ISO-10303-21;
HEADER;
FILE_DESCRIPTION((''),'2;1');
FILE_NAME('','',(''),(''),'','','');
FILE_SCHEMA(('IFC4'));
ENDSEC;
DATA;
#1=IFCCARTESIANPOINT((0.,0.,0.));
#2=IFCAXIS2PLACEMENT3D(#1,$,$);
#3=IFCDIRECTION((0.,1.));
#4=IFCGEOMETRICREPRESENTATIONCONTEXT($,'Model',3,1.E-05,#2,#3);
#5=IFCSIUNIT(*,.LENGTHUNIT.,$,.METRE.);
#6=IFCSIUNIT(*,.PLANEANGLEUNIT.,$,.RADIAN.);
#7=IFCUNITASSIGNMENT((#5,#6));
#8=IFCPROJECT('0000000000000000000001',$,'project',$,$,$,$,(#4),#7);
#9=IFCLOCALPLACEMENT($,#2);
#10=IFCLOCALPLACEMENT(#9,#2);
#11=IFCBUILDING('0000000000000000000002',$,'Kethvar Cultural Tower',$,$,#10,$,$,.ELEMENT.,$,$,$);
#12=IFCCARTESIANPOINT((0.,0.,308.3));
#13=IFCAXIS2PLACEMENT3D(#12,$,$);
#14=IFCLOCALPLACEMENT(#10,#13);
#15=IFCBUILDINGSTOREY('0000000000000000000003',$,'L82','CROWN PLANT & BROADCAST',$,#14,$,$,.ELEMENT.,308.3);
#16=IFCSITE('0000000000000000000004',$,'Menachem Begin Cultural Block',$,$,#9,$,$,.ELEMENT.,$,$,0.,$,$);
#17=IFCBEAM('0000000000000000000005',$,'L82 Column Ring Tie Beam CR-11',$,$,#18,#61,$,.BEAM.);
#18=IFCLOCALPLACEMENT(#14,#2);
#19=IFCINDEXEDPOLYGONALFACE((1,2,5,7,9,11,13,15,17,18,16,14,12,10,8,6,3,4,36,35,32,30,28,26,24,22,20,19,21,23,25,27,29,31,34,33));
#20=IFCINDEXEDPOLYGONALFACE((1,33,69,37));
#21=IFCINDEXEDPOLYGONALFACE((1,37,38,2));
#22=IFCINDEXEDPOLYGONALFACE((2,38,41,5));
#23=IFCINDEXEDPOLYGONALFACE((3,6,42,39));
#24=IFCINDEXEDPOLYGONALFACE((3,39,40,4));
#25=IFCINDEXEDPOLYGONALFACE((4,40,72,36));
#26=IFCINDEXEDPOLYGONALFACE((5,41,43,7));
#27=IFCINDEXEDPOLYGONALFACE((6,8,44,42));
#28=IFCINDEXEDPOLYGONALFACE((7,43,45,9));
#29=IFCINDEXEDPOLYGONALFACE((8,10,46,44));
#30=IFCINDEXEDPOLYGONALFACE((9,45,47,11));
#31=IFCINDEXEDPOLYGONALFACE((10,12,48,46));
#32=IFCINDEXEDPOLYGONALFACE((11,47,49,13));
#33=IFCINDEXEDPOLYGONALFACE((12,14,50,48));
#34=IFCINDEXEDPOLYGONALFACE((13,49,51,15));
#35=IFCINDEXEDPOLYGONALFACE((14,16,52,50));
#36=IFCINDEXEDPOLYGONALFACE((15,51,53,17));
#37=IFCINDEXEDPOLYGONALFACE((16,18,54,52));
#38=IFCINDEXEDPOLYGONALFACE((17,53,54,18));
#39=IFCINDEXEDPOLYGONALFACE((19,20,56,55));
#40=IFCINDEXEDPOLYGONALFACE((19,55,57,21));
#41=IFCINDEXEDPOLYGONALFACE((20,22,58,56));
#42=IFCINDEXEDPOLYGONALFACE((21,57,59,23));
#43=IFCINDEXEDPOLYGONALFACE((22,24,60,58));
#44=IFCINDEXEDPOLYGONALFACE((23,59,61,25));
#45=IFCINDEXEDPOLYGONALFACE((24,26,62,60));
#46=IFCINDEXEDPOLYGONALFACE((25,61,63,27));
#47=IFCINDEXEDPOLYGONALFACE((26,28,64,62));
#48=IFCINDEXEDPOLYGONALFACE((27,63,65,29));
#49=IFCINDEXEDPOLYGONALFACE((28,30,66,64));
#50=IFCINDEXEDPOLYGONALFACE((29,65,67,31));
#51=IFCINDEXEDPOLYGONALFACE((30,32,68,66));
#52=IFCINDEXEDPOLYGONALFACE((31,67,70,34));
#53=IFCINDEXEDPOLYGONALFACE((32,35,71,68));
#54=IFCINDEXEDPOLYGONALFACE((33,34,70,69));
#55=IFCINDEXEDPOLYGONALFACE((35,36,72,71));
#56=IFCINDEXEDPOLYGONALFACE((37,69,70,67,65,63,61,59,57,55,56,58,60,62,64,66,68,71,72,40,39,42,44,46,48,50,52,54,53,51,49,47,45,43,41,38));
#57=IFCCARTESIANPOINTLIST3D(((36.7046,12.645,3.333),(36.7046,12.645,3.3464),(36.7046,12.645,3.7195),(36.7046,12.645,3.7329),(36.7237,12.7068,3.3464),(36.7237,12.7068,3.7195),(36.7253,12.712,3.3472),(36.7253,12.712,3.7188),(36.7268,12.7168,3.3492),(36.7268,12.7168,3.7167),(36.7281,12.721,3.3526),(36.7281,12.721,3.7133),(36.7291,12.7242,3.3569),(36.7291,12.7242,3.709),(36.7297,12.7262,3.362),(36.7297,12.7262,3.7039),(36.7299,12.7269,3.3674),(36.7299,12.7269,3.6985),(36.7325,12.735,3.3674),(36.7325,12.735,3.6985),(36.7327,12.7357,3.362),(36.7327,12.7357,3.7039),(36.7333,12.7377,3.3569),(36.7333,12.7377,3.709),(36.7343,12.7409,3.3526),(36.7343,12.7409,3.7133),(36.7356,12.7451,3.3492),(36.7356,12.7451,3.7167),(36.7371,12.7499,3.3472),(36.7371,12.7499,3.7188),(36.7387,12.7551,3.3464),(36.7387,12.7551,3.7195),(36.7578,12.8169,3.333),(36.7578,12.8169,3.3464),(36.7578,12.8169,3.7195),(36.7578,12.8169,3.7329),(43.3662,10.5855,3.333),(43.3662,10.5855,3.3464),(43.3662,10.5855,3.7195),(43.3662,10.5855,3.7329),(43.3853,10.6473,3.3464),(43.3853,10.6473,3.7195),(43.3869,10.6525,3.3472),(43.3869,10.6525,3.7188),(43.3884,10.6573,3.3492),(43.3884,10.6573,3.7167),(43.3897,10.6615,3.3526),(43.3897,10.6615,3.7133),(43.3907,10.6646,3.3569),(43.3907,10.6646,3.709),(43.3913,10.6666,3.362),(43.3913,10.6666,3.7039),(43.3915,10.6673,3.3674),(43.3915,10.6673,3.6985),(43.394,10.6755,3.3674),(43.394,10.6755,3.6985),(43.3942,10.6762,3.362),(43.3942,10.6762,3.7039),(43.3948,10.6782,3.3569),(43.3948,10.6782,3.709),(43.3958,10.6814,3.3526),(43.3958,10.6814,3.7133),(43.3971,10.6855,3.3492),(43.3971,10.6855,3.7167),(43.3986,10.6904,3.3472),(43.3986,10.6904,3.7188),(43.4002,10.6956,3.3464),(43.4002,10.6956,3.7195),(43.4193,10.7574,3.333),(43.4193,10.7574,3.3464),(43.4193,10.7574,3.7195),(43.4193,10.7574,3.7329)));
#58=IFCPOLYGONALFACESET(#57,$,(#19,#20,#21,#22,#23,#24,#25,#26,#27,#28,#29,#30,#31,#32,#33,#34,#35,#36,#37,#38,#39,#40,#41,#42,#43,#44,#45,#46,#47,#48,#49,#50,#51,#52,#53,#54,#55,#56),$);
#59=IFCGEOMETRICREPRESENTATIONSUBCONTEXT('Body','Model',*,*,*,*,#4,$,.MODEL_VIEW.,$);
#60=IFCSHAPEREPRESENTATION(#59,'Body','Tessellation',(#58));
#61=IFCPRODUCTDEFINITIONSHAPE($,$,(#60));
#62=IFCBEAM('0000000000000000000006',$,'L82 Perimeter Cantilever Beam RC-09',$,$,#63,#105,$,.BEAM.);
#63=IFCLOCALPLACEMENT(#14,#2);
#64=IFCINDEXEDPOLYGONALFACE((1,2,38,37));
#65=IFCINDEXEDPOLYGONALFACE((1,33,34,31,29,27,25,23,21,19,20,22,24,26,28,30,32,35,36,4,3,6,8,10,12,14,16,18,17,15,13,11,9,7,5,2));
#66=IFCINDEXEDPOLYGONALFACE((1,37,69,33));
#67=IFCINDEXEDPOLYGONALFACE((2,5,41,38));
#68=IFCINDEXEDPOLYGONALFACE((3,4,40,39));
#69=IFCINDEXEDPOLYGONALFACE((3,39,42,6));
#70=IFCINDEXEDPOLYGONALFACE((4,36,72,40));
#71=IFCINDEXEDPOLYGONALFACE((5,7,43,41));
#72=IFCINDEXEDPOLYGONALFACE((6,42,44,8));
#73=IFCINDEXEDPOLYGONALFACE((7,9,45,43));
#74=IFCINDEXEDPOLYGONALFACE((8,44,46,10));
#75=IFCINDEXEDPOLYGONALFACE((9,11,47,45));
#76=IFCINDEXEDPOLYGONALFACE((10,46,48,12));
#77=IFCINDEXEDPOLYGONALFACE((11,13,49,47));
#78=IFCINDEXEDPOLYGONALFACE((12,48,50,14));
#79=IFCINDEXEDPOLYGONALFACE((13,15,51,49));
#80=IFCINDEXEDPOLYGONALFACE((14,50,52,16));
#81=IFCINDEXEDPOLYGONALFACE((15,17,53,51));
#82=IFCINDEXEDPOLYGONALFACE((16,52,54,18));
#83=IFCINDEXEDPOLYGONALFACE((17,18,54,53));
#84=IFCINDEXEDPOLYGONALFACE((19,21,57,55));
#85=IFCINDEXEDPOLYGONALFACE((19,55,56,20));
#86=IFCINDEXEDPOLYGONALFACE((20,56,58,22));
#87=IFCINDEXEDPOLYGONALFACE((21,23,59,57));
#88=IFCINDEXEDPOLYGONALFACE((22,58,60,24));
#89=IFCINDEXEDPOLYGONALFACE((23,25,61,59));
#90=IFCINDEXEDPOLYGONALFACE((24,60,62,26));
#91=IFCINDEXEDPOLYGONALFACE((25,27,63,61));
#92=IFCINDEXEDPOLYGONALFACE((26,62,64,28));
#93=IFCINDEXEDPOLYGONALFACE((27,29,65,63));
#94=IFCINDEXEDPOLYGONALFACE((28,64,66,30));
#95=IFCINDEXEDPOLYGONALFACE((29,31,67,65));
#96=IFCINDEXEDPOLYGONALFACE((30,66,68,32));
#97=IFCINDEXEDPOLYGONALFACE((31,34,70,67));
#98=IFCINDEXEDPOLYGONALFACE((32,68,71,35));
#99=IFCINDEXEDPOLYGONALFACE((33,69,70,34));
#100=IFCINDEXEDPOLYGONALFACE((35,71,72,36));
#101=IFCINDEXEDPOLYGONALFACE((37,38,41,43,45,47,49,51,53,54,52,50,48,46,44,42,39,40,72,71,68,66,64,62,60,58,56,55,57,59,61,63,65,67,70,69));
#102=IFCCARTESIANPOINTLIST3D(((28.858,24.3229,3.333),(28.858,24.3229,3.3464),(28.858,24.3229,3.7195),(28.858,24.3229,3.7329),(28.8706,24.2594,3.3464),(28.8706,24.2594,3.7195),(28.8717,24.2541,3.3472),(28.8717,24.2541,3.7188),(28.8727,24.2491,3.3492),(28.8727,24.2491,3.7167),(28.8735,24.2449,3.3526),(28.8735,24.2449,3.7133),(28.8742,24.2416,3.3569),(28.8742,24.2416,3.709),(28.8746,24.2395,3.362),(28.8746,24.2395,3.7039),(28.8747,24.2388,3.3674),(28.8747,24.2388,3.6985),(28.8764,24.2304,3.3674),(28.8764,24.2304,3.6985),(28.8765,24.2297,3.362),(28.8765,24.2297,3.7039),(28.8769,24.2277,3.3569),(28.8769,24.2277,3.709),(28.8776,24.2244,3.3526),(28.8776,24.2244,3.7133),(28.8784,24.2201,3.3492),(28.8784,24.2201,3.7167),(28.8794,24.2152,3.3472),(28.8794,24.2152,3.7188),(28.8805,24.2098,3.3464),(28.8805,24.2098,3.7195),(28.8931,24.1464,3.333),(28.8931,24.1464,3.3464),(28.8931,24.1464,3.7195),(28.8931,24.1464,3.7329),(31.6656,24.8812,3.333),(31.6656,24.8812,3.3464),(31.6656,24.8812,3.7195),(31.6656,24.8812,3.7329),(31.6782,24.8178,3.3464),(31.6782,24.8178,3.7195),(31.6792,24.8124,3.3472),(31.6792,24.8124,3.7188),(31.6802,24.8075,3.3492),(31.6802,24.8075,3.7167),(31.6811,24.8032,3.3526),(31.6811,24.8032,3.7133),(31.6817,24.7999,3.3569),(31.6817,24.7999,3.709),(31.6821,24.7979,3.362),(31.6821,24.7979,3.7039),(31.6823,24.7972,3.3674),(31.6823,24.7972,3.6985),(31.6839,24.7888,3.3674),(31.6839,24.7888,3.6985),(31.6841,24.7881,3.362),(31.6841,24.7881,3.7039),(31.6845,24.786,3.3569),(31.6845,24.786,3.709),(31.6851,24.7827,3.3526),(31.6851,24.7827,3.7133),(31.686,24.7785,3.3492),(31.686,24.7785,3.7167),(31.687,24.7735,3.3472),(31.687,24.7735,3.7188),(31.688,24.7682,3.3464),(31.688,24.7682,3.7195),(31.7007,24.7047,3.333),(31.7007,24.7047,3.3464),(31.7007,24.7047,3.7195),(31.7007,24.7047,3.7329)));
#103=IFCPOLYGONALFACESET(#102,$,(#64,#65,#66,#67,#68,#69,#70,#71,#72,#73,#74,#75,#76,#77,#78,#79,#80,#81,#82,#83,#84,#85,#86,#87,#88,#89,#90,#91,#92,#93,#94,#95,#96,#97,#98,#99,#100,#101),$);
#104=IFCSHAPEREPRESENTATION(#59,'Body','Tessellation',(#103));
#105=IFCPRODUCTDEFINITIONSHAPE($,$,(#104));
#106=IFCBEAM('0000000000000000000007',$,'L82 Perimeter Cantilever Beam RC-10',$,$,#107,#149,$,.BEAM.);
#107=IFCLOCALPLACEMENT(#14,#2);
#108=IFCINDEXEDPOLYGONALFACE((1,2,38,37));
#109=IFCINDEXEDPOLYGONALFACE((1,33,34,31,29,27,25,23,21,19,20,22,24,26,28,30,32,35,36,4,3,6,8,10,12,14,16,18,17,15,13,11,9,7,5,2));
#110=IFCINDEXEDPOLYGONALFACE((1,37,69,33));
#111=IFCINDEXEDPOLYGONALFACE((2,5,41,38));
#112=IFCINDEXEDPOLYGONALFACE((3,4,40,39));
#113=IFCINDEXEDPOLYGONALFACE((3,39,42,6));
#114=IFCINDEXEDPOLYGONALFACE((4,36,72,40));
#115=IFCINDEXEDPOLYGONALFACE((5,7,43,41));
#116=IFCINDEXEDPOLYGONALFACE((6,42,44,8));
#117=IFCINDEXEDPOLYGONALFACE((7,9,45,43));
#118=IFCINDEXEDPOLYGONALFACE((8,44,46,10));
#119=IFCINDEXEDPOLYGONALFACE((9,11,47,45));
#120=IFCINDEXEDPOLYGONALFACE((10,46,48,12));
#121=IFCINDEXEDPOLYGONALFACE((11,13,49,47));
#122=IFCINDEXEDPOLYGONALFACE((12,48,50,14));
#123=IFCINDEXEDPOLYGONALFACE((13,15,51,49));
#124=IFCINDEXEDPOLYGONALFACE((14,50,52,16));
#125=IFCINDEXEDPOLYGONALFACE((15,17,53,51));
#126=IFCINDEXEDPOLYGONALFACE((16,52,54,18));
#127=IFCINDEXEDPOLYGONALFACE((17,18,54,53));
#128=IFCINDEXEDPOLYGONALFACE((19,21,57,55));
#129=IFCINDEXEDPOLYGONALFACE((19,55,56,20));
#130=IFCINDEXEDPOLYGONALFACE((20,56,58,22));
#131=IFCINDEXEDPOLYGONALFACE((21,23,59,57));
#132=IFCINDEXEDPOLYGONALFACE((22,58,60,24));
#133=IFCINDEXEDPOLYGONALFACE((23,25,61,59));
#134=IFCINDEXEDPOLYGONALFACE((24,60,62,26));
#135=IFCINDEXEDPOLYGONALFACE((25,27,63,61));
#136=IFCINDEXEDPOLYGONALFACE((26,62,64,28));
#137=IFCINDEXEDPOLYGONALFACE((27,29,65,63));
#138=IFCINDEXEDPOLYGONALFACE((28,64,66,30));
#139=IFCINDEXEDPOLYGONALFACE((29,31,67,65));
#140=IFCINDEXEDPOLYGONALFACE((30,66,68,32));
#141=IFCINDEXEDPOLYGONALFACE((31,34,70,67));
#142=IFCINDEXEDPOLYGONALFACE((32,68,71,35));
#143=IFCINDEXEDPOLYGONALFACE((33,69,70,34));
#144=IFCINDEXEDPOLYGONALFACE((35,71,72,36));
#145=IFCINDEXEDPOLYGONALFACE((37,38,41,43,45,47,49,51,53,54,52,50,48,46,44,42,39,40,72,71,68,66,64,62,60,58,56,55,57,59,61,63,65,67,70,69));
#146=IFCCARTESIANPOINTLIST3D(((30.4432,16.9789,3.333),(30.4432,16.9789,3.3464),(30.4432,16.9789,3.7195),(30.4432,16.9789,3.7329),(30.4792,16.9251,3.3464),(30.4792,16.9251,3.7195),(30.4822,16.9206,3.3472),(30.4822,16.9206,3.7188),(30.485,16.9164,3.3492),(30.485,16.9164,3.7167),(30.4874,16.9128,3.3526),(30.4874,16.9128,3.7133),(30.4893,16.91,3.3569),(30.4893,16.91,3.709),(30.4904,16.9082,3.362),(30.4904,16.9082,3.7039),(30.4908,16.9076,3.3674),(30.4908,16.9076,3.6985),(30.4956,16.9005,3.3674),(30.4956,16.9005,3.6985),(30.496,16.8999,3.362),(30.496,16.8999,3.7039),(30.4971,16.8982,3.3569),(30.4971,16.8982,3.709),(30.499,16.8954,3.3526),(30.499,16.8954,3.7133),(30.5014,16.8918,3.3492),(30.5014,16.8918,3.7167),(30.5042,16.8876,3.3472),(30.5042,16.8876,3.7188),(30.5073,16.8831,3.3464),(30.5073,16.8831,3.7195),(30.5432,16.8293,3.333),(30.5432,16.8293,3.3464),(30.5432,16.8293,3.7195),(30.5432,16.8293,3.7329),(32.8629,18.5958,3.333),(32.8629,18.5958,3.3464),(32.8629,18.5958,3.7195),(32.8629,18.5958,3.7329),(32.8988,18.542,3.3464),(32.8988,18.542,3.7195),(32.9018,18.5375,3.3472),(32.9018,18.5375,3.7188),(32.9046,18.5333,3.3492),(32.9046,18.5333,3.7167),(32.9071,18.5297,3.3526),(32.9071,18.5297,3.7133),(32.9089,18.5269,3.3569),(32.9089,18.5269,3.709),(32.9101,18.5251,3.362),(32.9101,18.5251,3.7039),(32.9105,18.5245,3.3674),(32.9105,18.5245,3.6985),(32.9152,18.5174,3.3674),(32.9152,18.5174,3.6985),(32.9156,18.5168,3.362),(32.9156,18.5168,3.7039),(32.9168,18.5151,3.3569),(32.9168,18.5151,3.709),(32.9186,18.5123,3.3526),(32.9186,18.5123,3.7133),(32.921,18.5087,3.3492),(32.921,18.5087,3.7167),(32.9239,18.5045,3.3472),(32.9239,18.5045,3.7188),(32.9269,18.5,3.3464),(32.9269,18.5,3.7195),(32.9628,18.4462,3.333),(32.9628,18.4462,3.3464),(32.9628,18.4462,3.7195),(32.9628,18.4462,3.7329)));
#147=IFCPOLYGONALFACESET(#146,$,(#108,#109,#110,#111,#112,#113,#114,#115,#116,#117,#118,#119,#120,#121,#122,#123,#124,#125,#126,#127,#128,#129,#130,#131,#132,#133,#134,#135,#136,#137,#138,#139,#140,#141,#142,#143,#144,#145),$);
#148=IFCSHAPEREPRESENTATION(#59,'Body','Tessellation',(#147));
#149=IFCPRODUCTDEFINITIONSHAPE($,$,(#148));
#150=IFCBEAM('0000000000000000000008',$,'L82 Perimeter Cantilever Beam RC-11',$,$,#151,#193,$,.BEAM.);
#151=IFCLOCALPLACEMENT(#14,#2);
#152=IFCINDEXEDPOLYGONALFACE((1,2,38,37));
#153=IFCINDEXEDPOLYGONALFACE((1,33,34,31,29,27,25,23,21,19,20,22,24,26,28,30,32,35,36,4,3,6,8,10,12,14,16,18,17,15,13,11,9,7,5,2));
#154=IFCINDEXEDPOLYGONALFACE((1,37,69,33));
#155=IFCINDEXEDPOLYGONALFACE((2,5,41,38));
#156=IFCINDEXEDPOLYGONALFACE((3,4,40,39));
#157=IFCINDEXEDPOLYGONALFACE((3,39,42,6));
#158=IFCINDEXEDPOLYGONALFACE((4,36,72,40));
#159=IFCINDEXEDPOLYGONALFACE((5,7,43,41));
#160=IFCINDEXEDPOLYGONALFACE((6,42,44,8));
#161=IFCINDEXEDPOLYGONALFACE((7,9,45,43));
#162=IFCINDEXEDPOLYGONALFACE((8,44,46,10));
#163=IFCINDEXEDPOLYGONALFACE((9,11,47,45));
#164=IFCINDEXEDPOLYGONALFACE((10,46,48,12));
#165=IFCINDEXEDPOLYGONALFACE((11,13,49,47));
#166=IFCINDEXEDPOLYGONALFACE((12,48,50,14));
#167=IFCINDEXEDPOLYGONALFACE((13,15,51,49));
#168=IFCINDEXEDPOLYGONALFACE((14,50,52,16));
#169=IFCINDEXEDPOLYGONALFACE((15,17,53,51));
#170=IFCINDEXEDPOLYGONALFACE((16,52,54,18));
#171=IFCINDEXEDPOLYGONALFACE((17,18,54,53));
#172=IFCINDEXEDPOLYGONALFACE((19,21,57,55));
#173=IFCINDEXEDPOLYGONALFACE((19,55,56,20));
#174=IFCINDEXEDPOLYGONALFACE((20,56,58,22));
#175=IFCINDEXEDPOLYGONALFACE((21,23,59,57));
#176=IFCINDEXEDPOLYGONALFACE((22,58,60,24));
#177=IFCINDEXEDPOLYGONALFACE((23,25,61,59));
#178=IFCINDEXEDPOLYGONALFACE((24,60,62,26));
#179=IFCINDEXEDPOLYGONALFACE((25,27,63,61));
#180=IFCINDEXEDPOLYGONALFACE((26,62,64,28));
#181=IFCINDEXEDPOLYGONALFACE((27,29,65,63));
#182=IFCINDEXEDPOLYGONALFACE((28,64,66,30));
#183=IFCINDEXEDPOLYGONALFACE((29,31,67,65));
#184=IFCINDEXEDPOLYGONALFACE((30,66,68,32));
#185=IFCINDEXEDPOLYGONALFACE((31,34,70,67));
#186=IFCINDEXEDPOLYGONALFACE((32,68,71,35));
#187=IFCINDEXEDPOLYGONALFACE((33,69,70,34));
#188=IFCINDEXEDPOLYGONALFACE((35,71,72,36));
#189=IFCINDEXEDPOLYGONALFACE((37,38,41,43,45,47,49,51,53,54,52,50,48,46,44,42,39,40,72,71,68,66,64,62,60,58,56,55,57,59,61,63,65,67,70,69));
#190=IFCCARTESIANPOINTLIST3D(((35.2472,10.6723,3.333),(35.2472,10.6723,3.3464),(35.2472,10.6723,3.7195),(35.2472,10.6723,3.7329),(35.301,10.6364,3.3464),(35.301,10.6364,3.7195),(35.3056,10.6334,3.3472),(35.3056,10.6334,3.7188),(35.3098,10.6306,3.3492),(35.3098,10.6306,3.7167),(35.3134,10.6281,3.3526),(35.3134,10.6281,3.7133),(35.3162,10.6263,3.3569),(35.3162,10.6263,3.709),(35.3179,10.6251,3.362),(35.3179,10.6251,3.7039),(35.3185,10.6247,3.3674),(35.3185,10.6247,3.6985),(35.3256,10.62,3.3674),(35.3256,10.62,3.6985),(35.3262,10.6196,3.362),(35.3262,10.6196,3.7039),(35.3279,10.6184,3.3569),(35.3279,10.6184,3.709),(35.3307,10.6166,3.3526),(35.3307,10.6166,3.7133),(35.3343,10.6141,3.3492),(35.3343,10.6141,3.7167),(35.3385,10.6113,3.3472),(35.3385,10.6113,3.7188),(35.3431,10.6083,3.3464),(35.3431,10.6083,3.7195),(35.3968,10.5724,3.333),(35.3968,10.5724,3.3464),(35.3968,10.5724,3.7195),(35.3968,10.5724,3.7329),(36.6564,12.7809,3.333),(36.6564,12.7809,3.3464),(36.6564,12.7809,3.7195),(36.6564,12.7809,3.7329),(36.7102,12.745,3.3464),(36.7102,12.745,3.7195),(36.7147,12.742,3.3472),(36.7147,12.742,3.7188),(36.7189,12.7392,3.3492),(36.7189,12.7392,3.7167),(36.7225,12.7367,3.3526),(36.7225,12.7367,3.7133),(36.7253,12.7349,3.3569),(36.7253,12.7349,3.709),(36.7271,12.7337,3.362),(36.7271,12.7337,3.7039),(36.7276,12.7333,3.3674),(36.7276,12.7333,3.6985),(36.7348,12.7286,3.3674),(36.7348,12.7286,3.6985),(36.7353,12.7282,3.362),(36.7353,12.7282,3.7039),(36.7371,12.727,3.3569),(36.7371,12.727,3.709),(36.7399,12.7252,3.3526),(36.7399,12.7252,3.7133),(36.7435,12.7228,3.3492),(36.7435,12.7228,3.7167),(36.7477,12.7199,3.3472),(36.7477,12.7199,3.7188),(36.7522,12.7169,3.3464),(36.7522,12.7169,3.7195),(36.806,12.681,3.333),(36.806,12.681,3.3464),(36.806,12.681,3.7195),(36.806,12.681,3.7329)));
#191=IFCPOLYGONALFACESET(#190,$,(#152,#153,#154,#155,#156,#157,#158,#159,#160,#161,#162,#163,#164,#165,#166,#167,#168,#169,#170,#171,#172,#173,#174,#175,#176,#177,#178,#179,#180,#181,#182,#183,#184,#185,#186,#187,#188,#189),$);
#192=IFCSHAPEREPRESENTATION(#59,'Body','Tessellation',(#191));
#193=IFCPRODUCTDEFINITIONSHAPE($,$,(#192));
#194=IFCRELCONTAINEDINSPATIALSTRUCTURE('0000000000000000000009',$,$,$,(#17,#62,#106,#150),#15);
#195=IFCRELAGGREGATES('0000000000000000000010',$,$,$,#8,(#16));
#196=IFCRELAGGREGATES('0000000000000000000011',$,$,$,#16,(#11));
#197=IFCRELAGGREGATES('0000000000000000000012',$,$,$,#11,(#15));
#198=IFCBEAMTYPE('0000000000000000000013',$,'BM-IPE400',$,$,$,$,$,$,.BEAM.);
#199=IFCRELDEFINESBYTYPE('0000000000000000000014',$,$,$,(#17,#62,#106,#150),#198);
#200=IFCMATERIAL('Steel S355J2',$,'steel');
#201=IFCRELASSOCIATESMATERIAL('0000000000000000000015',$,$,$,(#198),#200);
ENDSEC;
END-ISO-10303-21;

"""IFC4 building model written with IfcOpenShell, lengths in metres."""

from ifc_helpers import new_model, si_unit, direction, frame, origin, origin_2d, place, context, subcontext, project, spatial, i_section, extrude, source, transform, mapped, material, material_profile, profile_set, type_object, element, save


model = new_model("IFC4")

# Units and contexts
model_context = context("Model", 3, precision=1e-05, world=origin(), true_north=direction((0.0, 1.0)))
body_context = subcontext(model_context, "Body", "Model", "MODEL_VIEW")
ifc_project = project(units=[si_unit("LENGTHUNIT", "METRE"), si_unit("PLANEANGLEUNIT", "RADIAN")], contexts=[model_context])

# Site, building, storey
site_placement = place(None, origin())
site = spatial("IfcSite", under=ifc_project, at=site_placement, Name="Menachem Begin Cultural Block", CompositionType="ELEMENT", RefElevation=0.0)
building_placement = place(site_placement, origin())
building = spatial("IfcBuilding", under=site, at=building_placement, Name="Kethvar Cultural Tower", CompositionType="ELEMENT")
storey_placement = place(building_placement, frame((0.0, 0.0, 308.3)))
storey = spatial("IfcBuildingStorey", under=building, at=storey_placement, Name="L82", Description="CROWN PLANT & BROADCAST", CompositionType="ELEMENT", Elevation=308.3)

# Shared definitions
ifc_material_1 = material(Name="Steel S355J2", Category="steel")

# Beams
ifc_material_profile_1 = material_profile(ifc_material_1, i_section(OverallWidth=0.1799, OverallDepth=0.3999, WebThickness=0.0085, FlangeThickness=0.0134, FilletRadius=0.021, at=origin_2d()), Name="Steel S355J2 — IPE400")
ifc_profile_set_1 = profile_set([ifc_material_profile_1], Name="Steel S355J2 — IPE400")
beam_type_1 = type_object("IfcBeamType", Name="BM-IPE400", PredefinedType="BEAM", material=ifc_profile_set_1)
shared_shape_1 = source(origin(), body_context, "Body", "SweptSolid", [
    extrude(i_section(OverallWidth=0.1799, OverallDepth=0.3999, WebThickness=0.0085, FlangeThickness=0.0134, FilletRadius=0.021, at=origin_2d()), origin(), (0.0, 0.0, 1.0), 6.9727),
])
beam_1_placement = place(storey_placement, frame((36.7312, 12.731, 3.533), z_axis=(0.955381, -0.295375, 0.0), x_axis=(0.295375, 0.955381, 0.0)))
element("IfcBeam", 1, at=beam_1_placement, inside=storey, type_object=beam_type_1, Name="L82 Column Ring Tie Beam CR-11", PredefinedType="BEAM", context=body_context, shape_type="MappedRepresentation", body=[
    mapped(shared_shape_1, transform((0.0, 0.0, 0.0), scale=1.0)),
])
shared_shape_2 = source(origin(), body_context, "Body", "SweptSolid", [
    extrude(i_section(OverallWidth=0.1799, OverallDepth=0.3999, WebThickness=0.0085, FlangeThickness=0.0134, FilletRadius=0.021, at=origin_2d()), origin(), (0.0, 0.0, 1.0), 2.8625),
])
beam_2_placement = place(storey_placement, frame((31.6831, 24.793, 3.533), z_axis=(-0.980793, -0.19505, 0.0), x_axis=(0.19505, -0.980793, 0.0)))
element("IfcBeam", 2, at=beam_2_placement, inside=storey, type_object=beam_type_1, Name="L82 Perimeter Cantilever Beam RC-09", PredefinedType="BEAM", context=body_context, shape_type="MappedRepresentation", body=[
    mapped(shared_shape_2, transform((0.0, 0.0, 0.0), scale=1.0)),
])
shared_shape_3 = source(origin(), body_context, "Body", "SweptSolid", [
    extrude(i_section(OverallWidth=0.1799, OverallDepth=0.3999, WebThickness=0.0085, FlangeThickness=0.0134, FilletRadius=0.021, at=origin_2d()), origin(), (0.0, 0.0, 1.0), 2.9102),
])
beam_3_placement = place(storey_placement, frame((32.9128, 18.521, 3.533), z_axis=(-0.831443, -0.55561, 0.0), x_axis=(0.55561, -0.831443, 0.0)))
element("IfcBeam", 3, at=beam_3_placement, inside=storey, type_object=beam_type_1, Name="L82 Perimeter Cantilever Beam RC-10", PredefinedType="BEAM", context=body_context, shape_type="MappedRepresentation", body=[
    mapped(shared_shape_3, transform((0.0, 0.0, 0.0), scale=1.0)),
])
shared_shape_4 = source(origin(), body_context, "Body", "SweptSolid", [
    extrude(i_section(OverallWidth=0.1799, OverallDepth=0.3999, WebThickness=0.0085, FlangeThickness=0.0134, FilletRadius=0.021, at=origin_2d()), origin(), (0.0, 0.0, 1.0), 2.5361),
])
beam_4_placement = place(storey_placement, frame((36.7312, 12.731, 3.533), z_axis=(-0.555633, -0.831428, 0.0), x_axis=(0.831428, -0.555633, 0.0)))
element("IfcBeam", 4, at=beam_4_placement, inside=storey, type_object=beam_type_1, Name="L82 Perimeter Cantilever Beam RC-11", PredefinedType="BEAM", context=body_context, shape_type="MappedRepresentation", body=[
    mapped(shared_shape_4, transform((0.0, 0.0, 0.0), scale=1.0)),
])

save(model, "model.ifc")
